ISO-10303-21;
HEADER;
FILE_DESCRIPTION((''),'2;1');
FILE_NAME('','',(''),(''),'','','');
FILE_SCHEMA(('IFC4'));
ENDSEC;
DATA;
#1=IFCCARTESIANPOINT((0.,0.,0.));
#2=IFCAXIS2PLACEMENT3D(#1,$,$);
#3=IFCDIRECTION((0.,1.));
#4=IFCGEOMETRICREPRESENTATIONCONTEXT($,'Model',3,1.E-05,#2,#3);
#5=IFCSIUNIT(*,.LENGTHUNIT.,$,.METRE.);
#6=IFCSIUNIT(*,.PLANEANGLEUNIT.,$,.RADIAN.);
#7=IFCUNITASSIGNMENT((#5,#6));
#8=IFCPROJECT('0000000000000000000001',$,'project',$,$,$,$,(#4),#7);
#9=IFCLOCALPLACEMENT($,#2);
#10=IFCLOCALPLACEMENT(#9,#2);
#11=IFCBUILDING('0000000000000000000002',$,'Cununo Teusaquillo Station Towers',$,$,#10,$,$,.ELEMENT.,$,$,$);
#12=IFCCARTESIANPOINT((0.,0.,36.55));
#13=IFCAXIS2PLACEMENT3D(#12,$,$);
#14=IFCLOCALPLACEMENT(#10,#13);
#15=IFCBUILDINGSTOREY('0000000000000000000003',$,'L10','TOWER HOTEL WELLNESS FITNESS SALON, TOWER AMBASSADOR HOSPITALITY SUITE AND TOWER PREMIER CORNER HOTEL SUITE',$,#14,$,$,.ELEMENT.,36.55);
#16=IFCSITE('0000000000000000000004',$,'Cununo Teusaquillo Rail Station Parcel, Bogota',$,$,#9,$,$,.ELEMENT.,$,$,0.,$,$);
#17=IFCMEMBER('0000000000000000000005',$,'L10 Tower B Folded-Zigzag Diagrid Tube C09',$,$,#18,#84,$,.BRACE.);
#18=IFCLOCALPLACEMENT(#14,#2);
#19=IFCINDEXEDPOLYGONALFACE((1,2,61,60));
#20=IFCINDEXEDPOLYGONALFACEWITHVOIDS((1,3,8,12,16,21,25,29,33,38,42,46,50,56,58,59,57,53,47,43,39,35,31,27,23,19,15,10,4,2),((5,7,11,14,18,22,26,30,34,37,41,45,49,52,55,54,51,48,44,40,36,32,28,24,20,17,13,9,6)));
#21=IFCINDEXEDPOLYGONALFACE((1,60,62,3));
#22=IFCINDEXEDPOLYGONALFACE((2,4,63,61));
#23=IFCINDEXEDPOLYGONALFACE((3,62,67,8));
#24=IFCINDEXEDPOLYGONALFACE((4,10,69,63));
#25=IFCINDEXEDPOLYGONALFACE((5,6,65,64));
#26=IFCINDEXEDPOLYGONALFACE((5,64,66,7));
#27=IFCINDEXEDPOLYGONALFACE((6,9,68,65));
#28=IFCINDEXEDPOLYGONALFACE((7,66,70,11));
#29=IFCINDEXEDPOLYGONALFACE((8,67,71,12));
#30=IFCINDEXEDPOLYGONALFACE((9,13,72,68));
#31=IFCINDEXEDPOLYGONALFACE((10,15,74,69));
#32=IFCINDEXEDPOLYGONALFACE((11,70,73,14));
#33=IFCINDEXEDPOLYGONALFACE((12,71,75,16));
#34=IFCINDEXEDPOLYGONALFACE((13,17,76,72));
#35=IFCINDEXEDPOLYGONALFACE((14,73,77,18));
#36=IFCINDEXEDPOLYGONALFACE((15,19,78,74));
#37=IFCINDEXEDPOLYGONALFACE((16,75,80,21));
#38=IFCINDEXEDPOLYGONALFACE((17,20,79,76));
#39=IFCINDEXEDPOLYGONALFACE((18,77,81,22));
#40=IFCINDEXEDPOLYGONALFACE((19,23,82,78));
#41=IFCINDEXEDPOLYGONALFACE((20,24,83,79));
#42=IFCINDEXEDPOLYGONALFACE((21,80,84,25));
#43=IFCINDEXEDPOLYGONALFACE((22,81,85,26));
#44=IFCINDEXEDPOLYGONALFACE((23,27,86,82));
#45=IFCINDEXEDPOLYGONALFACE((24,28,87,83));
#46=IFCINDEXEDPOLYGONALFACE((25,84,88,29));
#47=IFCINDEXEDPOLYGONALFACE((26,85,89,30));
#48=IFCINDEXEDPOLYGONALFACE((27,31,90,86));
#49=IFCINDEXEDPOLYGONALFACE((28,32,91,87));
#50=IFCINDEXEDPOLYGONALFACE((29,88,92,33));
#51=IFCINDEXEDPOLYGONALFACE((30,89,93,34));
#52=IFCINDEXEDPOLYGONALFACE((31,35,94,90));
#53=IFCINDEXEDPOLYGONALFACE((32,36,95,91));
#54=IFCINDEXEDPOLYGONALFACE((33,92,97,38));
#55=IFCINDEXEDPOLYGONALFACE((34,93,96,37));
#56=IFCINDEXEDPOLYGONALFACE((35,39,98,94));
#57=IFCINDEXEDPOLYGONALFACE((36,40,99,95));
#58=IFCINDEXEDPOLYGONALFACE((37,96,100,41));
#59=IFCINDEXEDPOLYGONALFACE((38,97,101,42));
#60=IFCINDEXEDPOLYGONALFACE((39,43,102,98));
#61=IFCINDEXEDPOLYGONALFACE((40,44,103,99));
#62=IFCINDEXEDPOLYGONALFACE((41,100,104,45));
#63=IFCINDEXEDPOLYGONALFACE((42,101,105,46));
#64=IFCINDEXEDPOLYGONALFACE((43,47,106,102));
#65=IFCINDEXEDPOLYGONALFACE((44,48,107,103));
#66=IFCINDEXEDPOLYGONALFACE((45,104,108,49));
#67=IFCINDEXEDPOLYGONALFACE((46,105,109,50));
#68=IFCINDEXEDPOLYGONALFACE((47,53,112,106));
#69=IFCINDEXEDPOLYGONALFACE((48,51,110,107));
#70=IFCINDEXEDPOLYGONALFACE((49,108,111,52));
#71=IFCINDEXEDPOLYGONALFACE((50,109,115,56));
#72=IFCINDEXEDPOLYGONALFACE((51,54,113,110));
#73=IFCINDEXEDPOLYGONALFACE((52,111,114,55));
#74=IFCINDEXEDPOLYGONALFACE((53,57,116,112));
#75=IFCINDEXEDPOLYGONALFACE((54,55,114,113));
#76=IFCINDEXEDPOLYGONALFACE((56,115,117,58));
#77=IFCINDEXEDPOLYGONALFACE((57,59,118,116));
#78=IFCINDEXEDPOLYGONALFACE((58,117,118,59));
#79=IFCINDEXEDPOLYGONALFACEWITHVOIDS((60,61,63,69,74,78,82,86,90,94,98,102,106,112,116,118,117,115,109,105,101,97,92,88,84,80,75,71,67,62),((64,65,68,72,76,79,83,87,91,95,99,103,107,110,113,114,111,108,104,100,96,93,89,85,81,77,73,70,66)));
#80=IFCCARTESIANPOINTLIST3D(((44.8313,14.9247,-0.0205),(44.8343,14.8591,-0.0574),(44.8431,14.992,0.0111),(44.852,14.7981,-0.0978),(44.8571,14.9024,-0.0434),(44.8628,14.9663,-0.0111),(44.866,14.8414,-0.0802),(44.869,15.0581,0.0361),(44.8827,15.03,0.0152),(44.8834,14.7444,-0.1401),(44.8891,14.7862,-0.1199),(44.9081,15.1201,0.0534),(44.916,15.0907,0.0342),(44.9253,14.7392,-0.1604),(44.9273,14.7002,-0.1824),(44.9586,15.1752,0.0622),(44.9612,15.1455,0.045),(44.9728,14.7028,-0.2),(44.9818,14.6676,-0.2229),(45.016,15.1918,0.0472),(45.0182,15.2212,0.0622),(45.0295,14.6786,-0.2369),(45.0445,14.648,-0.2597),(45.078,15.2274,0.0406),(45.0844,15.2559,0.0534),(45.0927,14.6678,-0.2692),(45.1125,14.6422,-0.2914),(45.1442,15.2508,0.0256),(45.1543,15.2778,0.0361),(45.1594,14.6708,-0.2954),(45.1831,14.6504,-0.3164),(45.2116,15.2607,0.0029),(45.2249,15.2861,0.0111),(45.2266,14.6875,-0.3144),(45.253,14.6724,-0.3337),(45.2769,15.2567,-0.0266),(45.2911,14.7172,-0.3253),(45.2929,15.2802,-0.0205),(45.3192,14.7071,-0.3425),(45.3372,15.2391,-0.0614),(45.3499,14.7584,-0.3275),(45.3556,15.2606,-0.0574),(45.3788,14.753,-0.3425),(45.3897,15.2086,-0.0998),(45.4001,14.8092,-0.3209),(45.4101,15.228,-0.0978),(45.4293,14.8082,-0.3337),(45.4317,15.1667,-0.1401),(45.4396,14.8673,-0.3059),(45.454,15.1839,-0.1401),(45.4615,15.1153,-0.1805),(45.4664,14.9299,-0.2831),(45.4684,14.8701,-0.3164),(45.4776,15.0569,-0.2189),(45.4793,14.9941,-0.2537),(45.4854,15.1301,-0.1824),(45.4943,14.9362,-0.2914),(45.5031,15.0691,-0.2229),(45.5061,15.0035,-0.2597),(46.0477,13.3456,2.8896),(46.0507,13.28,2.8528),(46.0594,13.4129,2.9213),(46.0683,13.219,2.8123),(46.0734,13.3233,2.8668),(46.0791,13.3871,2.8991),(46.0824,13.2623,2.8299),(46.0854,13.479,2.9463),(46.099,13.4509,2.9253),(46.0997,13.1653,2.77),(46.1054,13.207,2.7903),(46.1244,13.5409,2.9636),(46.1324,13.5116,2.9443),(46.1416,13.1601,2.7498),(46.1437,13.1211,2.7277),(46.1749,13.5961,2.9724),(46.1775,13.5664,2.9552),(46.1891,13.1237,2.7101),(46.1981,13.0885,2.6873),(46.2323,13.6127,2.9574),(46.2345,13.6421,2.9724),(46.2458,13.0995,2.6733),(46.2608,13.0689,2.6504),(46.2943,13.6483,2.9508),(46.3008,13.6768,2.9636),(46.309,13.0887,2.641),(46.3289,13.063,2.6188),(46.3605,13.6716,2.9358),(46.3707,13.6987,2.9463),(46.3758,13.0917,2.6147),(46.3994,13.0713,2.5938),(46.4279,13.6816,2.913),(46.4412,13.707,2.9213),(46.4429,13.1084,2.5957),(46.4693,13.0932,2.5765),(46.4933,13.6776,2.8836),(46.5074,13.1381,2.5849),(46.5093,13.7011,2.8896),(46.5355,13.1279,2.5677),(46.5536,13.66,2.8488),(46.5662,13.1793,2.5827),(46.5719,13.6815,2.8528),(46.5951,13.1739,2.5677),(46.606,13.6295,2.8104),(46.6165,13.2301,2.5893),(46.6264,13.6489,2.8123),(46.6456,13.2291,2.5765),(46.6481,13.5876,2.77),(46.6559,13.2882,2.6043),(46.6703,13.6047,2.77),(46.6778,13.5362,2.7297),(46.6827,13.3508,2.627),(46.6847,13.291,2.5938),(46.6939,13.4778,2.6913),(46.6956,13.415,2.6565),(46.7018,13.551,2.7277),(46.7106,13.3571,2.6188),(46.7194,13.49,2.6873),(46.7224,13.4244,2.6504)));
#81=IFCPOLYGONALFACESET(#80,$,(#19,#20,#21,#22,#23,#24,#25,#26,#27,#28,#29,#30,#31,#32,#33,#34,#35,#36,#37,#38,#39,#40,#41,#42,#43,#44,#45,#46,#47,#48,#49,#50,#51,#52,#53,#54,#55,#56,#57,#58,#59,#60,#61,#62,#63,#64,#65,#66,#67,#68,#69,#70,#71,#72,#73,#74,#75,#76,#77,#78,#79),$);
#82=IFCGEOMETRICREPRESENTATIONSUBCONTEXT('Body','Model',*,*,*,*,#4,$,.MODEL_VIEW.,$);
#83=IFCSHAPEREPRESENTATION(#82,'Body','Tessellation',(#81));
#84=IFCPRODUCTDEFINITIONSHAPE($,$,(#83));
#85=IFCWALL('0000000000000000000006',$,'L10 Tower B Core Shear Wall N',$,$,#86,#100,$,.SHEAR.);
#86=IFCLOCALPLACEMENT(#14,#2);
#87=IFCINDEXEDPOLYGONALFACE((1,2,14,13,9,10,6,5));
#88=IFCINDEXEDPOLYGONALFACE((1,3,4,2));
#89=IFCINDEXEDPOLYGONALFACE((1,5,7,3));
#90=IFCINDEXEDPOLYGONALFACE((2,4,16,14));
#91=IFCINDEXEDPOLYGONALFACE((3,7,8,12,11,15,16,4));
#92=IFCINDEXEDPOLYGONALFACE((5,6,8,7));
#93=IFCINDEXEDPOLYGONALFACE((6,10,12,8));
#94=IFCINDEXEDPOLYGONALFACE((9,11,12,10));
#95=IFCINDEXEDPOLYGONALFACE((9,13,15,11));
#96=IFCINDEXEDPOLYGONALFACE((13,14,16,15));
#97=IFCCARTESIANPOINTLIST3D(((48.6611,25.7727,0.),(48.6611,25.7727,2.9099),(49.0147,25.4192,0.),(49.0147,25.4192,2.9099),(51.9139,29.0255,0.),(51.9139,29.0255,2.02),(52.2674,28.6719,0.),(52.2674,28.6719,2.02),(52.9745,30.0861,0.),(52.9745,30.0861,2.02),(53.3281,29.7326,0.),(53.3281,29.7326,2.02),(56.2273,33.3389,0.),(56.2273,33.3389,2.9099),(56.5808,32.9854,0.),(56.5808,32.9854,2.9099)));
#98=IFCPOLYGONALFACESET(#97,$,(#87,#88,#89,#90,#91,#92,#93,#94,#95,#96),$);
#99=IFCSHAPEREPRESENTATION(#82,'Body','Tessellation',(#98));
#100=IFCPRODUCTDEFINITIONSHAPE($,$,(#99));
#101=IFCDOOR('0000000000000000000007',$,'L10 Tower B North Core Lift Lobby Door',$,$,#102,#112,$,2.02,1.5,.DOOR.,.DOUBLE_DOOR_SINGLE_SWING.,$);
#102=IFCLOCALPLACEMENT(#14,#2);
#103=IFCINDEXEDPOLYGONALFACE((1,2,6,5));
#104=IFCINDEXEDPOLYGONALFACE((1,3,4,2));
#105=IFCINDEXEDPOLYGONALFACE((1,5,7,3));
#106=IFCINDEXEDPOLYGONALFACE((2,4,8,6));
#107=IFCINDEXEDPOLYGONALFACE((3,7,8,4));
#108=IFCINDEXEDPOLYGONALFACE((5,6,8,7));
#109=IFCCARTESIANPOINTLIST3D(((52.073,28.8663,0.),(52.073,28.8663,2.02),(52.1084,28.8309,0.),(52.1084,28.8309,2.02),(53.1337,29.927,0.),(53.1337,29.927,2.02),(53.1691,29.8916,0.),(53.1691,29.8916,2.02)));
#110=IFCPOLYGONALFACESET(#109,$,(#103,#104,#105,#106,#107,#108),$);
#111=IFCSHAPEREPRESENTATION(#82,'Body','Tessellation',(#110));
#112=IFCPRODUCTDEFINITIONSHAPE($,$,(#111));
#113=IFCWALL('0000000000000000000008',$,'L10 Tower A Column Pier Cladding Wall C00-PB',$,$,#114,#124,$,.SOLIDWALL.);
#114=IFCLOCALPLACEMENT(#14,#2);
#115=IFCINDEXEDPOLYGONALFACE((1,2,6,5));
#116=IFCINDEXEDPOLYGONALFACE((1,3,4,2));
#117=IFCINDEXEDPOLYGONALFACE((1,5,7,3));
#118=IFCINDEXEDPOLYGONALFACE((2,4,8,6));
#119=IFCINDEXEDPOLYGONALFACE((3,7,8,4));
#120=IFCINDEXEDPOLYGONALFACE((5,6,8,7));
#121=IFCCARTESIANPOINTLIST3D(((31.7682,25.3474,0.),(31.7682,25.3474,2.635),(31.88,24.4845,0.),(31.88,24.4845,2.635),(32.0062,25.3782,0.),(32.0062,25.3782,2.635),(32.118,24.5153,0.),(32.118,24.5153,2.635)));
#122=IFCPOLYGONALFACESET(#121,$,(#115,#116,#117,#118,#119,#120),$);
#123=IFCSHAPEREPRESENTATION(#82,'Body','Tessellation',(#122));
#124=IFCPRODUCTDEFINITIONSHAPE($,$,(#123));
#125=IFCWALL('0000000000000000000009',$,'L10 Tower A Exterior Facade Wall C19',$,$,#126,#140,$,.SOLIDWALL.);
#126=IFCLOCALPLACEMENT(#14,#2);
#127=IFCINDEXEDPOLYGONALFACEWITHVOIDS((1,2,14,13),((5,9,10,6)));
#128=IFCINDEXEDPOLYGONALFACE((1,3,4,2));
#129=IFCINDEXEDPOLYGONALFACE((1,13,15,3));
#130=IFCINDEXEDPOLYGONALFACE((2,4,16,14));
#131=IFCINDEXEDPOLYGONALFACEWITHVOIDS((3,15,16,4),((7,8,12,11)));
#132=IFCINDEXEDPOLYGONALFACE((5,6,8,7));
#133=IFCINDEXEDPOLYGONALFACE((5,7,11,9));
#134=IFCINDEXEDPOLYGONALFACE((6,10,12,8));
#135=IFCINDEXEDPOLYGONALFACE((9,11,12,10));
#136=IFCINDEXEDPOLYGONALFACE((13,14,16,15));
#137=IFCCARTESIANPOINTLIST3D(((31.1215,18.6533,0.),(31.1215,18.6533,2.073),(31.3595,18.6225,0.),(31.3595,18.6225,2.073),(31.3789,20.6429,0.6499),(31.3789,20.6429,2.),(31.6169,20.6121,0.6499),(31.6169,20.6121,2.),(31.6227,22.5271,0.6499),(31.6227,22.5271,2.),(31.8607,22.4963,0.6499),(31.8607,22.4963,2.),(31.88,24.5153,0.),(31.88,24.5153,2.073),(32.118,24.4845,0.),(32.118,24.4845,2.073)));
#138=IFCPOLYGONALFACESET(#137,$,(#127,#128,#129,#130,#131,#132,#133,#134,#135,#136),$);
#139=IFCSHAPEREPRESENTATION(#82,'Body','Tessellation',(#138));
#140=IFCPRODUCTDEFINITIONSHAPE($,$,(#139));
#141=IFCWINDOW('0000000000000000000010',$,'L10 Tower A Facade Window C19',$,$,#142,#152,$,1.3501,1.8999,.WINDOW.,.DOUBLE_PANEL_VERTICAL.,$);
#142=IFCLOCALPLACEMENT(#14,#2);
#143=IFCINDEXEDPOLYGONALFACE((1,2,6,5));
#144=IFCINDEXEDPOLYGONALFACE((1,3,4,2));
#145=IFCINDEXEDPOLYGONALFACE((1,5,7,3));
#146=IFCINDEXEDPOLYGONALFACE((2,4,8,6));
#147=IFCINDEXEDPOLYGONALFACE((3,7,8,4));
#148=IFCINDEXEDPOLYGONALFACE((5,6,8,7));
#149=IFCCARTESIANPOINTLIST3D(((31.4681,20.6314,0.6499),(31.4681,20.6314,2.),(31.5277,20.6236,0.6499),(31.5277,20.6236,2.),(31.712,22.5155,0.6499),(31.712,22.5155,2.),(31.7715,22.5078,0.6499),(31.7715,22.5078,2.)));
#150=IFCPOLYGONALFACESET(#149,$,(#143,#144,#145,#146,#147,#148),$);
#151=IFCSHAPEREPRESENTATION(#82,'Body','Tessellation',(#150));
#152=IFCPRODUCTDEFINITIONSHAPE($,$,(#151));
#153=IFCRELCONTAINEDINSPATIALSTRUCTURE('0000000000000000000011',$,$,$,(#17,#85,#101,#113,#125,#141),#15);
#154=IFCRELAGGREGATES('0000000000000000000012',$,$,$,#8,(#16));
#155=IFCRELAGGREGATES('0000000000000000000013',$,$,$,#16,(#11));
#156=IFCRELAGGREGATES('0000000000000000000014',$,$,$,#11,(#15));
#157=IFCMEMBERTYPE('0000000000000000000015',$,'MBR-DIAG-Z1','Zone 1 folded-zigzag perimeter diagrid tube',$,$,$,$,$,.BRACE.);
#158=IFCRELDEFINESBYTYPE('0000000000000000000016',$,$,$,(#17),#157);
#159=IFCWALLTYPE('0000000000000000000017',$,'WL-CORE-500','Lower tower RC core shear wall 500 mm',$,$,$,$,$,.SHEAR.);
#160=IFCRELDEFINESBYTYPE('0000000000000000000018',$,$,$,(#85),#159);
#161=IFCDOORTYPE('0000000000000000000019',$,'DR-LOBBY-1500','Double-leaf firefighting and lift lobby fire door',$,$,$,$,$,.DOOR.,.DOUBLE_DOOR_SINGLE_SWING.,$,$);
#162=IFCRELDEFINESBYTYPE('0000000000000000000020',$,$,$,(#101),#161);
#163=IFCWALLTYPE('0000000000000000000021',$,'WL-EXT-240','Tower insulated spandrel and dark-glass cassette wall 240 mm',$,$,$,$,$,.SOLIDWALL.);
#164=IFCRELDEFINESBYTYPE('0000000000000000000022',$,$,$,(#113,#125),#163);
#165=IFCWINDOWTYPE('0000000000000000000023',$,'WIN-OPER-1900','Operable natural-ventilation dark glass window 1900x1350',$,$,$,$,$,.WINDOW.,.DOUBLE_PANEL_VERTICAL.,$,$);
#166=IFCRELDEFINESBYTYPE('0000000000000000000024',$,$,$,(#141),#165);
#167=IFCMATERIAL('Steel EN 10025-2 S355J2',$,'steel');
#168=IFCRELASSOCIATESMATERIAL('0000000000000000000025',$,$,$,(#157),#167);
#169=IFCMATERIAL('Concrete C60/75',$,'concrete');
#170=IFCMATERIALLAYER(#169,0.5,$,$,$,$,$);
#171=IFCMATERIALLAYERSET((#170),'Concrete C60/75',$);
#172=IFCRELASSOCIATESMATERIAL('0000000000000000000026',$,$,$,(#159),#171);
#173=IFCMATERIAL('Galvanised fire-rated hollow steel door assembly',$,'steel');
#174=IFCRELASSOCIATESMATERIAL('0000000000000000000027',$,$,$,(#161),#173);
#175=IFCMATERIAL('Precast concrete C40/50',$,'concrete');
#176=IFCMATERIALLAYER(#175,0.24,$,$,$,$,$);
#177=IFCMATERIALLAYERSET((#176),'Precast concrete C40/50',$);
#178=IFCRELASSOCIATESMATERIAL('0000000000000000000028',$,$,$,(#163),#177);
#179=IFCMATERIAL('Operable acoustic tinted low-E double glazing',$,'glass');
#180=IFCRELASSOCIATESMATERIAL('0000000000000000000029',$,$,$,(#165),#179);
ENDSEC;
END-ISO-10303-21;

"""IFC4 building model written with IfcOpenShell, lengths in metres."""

from ifc_helpers import new_model, si_unit, direction, frame, frame_2d, origin, origin_2d, place, context, subcontext, project, spatial, rectangle, hollow_circle, extrude, source, transform, mapped, material, layer, layer_set, material_profile, profile_set, type_object, element, fill, save


model = new_model("IFC4")

# Units and contexts
model_context = context("Model", 3, precision=1e-05, world=origin(), true_north=direction((0.0, 1.0)))
body_context = subcontext(model_context, "Body", "Model", "MODEL_VIEW")
ifc_project = project(units=[si_unit("LENGTHUNIT", "METRE"), si_unit("PLANEANGLEUNIT", "RADIAN")], contexts=[model_context])

# Site, building, storey
site_placement = place(None, origin())
site = spatial("IfcSite", under=ifc_project, at=site_placement, Name="Cununo Teusaquillo Rail Station Parcel, Bogota", CompositionType="ELEMENT", RefElevation=0.0)
building_placement = place(site_placement, origin())
building = spatial("IfcBuilding", under=site, at=building_placement, Name="Cununo Teusaquillo Station Towers", CompositionType="ELEMENT")
storey_placement = place(building_placement, frame((0.0, 0.0, 36.55)))
storey = spatial("IfcBuildingStorey", under=building, at=storey_placement, Name="L10", Description="TOWER HOTEL WELLNESS FITNESS SALON, TOWER AMBASSADOR HOSPITALITY SUITE AND TOWER PREMIER CORNER HOTEL SUITE", CompositionType="ELEMENT", Elevation=36.55)

# Member
ifc_material_1 = material(Name="Steel EN 10025-2 S355J2", Category="steel")
ifc_material_profile_1 = material_profile(ifc_material_1, hollow_circle(Radius=0.3601, WallThickness=0.0281, at=origin_2d()), Name="CHS 720x28")
ifc_profile_set_1 = profile_set([ifc_material_profile_1], Name="Steel EN 10025-2 S355J2")
member_type_1 = type_object("IfcMemberType", Name="MBR-DIAG-Z1", Description="Zone 1 folded-zigzag perimeter diagrid tube", PredefinedType="BRACE", material=ifc_profile_set_1)
member_1_placement = place(storey_placement, frame((45.1687, 14.9641, -0.1401), z_axis=(0.344825, -0.447678, 0.825034), x_axis=(0.792232, 0.61022, 0.0)))
element("IfcMember", 1, at=member_1_placement, inside=storey, type_object=member_type_1, Name="L10 Tower B Folded-Zigzag Diagrid Tube C09", PredefinedType="BRACE", context=body_context, shape_type="SweptSolid", body=[
    extrude(hollow_circle(Radius=0.3601, WallThickness=0.0281, at=origin_2d()), origin(), (0.0, 0.0, 1.0), 3.5273),
])

# Wall, opening, door
ifc_material_2 = material(Name="Concrete C60/75", Category="concrete")
ifc_layer_1 = layer(ifc_material_2, 0.5)
ifc_layer_set_1 = layer_set([ifc_layer_1], Name="Concrete C60/75")
wall_type_1 = type_object("IfcWallType", Name="WL-CORE-500", Description="Lower tower RC core shear wall 500 mm", PredefinedType="SHEAR", material=ifc_layer_set_1)
wall_1_placement = place(storey_placement, frame((48.8379, 25.5959, 0.0), z_axis=(0.0, 0.0, 1.0), x_axis=(0.707107, 0.707107, 0.0)))
wall_1 = element("IfcWall", 2, at=wall_1_placement, inside=storey, type_object=wall_type_1, Name="L10 Tower B Core Shear Wall N", PredefinedType="SHEAR", context=body_context, shape_type="SweptSolid", body=[
    extrude(rectangle(XDim=10.7002, YDim=0.5, at=frame_2d((5.3501, 0.0))), origin(), (0.0, 0.0, 1.0), 2.9099),
])
shared_shape_1 = source(origin(), body_context, "Body", "SweptSolid", [
    extrude(rectangle(XDim=1.5, YDim=2.02, at=frame_2d((0.75, 1.01))), frame((0.0, 0.26, 0.0), z_axis=(0.0, -1.0, 0.0), x_axis=(1.0, 0.0, 0.0)), (0.0, 0.0, 1.0), 0.52),
])
opening_1_placement = place(wall_1_placement, frame((4.6001, 0.0, 0.0)))
opening_1 = element("IfcOpeningElement", 3, at=opening_1_placement, cuts=wall_1, PredefinedType="OPENING", context=body_context, shape_type="MappedRepresentation", body=[
    mapped(shared_shape_1, transform((0.0, 0.0, 0.0), x_axis=(1.0, 0.0, 0.0), y_axis=(0.0, 1.0, 0.0), z_axis=(0.0, 0.0, 1.0), scale=1.0)),
])
ifc_material_3 = material(Name="Galvanised fire-rated hollow steel door assembly", Category="steel")
door_type_1 = type_object("IfcDoorType", Name="DR-LOBBY-1500", Description="Double-leaf firefighting and lift lobby fire door", OperationType="DOUBLE_DOOR_SINGLE_SWING", PredefinedType="DOOR", material=ifc_material_3)
shared_shape_2 = source(origin(), body_context, "Body", "SweptSolid", [
    extrude(rectangle(XDim=1.5, YDim=2.02, at=frame_2d((0.75, 1.01))), frame((0.0, 0.0249, 0.0), z_axis=(0.0, -1.0, 0.0), x_axis=(1.0, 0.0, 0.0)), (0.0, 0.0, 1.0), 0.05),
])
door_1_placement = place(opening_1_placement, origin())
door_1 = element("IfcDoor", 4, at=door_1_placement, inside=storey, type_object=door_type_1, Name="L10 Tower B North Core Lift Lobby Door", OperationType="DOUBLE_DOOR_SINGLE_SWING", OverallHeight=2.02, OverallWidth=1.5, PredefinedType="DOOR", context=body_context, shape_type="MappedRepresentation", body=[
    mapped(shared_shape_2, transform((0.0, 0.0, 0.0), x_axis=(1.0, 0.0, 0.0), y_axis=(0.0, 1.0, 0.0), z_axis=(0.0, 0.0, 1.0), scale=1.0)),
])
fill(opening_1, door_1)

# Wall
ifc_material_4 = material(Name="Precast concrete C40/50", Category="concrete")
ifc_layer_2 = layer(ifc_material_4, 0.24)
ifc_layer_set_2 = layer_set([ifc_layer_2], Name="Precast concrete C40/50")
wall_type_2 = type_object("IfcWallType", Name="WL-EXT-240", Description="Tower insulated spandrel and dark-glass cassette wall 240 mm", PredefinedType="SOLIDWALL", material=ifc_layer_set_2)
wall_2_placement = place(storey_placement, frame((31.8872, 25.3628, 0.0), z_axis=(0.0, 0.0, 1.0), x_axis=(0.128523, -0.991706, 0.0)))
element("IfcWall", 5, at=wall_2_placement, inside=storey, type_object=wall_type_2, Name="L10 Tower A Column Pier Cladding Wall C00-PB", PredefinedType="SOLIDWALL", context=body_context, shape_type="SweptSolid", body=[
    extrude(rectangle(XDim=0.8701, YDim=0.24, at=frame_2d((0.4351, 0.0))), origin(), (0.0, 0.0, 1.0), 2.635),
])

# Wall, opening, window
wall_3_placement = place(storey_placement, frame((31.999, 24.5, 0.0), z_axis=(0.0, 0.0, 1.0), x_axis=(-0.128329, -0.991732, 0.0)))
wall_3 = element("IfcWall", 6, at=wall_3_placement, inside=storey, type_object=wall_type_2, Name="L10 Tower A Exterior Facade Wall C19", PredefinedType="SOLIDWALL", context=body_context, shape_type="SweptSolid", body=[
    extrude(rectangle(XDim=5.9109, YDim=0.24, at=frame_2d((2.9556, 0.0))), origin(), (0.0, 0.0, 1.0), 2.073),
])
shared_shape_3 = source(origin(), body_context, "Body", "SweptSolid", [
    extrude(rectangle(XDim=1.8999, YDim=1.3501, at=frame_2d((0.95, 0.675))), frame((0.0, 0.1299, 0.0), z_axis=(0.0, -1.0, 0.0), x_axis=(1.0, 0.0, 0.0)), (0.0, 0.0, 1.0), 0.26),
])
opening_2_placement = place(wall_3_placement, frame((2.0049, 0.0, 0.6499)))
opening_2 = element("IfcOpeningElement", 7, at=opening_2_placement, cuts=wall_3, PredefinedType="OPENING", context=body_context, shape_type="MappedRepresentation", body=[
    mapped(shared_shape_3, transform((0.0, 0.0, 0.0), x_axis=(1.0, 0.0, 0.0), y_axis=(0.0, 1.0, 0.0), z_axis=(0.0, 0.0, 1.0), scale=1.0)),
])
ifc_material_5 = material(Name="Operable acoustic tinted low-E double glazing", Category="glass")
window_type_1 = type_object("IfcWindowType", Name="WIN-OPER-1900", Description="Operable natural-ventilation dark glass window 1900x1350", PartitioningType="DOUBLE_PANEL_VERTICAL", PredefinedType="WINDOW", material=ifc_material_5)
shared_shape_4 = source(origin(), body_context, "Body", "SweptSolid", [
    extrude(rectangle(XDim=1.8999, YDim=1.3501, at=frame_2d((0.95, 0.675))), frame((0.0, 0.03, 0.0), z_axis=(0.0, -1.0, 0.0), x_axis=(1.0, 0.0, 0.0)), (0.0, 0.0, 1.0), 0.0601),
])
window_1_placement = place(opening_2_placement, origin())
window_1 = element("IfcWindow", 8, at=window_1_placement, inside=storey, type_object=window_type_1, Name="L10 Tower A Facade Window C19", OverallHeight=1.3501, OverallWidth=1.8999, PartitioningType="DOUBLE_PANEL_VERTICAL", PredefinedType="WINDOW", context=body_context, shape_type="MappedRepresentation", body=[
    mapped(shared_shape_4, transform((0.0, 0.0, 0.0), x_axis=(1.0, 0.0, 0.0), y_axis=(0.0, 1.0, 0.0), z_axis=(0.0, 0.0, 1.0), scale=1.0)),
])
fill(opening_2, window_1)

save(model, "model.ifc")
